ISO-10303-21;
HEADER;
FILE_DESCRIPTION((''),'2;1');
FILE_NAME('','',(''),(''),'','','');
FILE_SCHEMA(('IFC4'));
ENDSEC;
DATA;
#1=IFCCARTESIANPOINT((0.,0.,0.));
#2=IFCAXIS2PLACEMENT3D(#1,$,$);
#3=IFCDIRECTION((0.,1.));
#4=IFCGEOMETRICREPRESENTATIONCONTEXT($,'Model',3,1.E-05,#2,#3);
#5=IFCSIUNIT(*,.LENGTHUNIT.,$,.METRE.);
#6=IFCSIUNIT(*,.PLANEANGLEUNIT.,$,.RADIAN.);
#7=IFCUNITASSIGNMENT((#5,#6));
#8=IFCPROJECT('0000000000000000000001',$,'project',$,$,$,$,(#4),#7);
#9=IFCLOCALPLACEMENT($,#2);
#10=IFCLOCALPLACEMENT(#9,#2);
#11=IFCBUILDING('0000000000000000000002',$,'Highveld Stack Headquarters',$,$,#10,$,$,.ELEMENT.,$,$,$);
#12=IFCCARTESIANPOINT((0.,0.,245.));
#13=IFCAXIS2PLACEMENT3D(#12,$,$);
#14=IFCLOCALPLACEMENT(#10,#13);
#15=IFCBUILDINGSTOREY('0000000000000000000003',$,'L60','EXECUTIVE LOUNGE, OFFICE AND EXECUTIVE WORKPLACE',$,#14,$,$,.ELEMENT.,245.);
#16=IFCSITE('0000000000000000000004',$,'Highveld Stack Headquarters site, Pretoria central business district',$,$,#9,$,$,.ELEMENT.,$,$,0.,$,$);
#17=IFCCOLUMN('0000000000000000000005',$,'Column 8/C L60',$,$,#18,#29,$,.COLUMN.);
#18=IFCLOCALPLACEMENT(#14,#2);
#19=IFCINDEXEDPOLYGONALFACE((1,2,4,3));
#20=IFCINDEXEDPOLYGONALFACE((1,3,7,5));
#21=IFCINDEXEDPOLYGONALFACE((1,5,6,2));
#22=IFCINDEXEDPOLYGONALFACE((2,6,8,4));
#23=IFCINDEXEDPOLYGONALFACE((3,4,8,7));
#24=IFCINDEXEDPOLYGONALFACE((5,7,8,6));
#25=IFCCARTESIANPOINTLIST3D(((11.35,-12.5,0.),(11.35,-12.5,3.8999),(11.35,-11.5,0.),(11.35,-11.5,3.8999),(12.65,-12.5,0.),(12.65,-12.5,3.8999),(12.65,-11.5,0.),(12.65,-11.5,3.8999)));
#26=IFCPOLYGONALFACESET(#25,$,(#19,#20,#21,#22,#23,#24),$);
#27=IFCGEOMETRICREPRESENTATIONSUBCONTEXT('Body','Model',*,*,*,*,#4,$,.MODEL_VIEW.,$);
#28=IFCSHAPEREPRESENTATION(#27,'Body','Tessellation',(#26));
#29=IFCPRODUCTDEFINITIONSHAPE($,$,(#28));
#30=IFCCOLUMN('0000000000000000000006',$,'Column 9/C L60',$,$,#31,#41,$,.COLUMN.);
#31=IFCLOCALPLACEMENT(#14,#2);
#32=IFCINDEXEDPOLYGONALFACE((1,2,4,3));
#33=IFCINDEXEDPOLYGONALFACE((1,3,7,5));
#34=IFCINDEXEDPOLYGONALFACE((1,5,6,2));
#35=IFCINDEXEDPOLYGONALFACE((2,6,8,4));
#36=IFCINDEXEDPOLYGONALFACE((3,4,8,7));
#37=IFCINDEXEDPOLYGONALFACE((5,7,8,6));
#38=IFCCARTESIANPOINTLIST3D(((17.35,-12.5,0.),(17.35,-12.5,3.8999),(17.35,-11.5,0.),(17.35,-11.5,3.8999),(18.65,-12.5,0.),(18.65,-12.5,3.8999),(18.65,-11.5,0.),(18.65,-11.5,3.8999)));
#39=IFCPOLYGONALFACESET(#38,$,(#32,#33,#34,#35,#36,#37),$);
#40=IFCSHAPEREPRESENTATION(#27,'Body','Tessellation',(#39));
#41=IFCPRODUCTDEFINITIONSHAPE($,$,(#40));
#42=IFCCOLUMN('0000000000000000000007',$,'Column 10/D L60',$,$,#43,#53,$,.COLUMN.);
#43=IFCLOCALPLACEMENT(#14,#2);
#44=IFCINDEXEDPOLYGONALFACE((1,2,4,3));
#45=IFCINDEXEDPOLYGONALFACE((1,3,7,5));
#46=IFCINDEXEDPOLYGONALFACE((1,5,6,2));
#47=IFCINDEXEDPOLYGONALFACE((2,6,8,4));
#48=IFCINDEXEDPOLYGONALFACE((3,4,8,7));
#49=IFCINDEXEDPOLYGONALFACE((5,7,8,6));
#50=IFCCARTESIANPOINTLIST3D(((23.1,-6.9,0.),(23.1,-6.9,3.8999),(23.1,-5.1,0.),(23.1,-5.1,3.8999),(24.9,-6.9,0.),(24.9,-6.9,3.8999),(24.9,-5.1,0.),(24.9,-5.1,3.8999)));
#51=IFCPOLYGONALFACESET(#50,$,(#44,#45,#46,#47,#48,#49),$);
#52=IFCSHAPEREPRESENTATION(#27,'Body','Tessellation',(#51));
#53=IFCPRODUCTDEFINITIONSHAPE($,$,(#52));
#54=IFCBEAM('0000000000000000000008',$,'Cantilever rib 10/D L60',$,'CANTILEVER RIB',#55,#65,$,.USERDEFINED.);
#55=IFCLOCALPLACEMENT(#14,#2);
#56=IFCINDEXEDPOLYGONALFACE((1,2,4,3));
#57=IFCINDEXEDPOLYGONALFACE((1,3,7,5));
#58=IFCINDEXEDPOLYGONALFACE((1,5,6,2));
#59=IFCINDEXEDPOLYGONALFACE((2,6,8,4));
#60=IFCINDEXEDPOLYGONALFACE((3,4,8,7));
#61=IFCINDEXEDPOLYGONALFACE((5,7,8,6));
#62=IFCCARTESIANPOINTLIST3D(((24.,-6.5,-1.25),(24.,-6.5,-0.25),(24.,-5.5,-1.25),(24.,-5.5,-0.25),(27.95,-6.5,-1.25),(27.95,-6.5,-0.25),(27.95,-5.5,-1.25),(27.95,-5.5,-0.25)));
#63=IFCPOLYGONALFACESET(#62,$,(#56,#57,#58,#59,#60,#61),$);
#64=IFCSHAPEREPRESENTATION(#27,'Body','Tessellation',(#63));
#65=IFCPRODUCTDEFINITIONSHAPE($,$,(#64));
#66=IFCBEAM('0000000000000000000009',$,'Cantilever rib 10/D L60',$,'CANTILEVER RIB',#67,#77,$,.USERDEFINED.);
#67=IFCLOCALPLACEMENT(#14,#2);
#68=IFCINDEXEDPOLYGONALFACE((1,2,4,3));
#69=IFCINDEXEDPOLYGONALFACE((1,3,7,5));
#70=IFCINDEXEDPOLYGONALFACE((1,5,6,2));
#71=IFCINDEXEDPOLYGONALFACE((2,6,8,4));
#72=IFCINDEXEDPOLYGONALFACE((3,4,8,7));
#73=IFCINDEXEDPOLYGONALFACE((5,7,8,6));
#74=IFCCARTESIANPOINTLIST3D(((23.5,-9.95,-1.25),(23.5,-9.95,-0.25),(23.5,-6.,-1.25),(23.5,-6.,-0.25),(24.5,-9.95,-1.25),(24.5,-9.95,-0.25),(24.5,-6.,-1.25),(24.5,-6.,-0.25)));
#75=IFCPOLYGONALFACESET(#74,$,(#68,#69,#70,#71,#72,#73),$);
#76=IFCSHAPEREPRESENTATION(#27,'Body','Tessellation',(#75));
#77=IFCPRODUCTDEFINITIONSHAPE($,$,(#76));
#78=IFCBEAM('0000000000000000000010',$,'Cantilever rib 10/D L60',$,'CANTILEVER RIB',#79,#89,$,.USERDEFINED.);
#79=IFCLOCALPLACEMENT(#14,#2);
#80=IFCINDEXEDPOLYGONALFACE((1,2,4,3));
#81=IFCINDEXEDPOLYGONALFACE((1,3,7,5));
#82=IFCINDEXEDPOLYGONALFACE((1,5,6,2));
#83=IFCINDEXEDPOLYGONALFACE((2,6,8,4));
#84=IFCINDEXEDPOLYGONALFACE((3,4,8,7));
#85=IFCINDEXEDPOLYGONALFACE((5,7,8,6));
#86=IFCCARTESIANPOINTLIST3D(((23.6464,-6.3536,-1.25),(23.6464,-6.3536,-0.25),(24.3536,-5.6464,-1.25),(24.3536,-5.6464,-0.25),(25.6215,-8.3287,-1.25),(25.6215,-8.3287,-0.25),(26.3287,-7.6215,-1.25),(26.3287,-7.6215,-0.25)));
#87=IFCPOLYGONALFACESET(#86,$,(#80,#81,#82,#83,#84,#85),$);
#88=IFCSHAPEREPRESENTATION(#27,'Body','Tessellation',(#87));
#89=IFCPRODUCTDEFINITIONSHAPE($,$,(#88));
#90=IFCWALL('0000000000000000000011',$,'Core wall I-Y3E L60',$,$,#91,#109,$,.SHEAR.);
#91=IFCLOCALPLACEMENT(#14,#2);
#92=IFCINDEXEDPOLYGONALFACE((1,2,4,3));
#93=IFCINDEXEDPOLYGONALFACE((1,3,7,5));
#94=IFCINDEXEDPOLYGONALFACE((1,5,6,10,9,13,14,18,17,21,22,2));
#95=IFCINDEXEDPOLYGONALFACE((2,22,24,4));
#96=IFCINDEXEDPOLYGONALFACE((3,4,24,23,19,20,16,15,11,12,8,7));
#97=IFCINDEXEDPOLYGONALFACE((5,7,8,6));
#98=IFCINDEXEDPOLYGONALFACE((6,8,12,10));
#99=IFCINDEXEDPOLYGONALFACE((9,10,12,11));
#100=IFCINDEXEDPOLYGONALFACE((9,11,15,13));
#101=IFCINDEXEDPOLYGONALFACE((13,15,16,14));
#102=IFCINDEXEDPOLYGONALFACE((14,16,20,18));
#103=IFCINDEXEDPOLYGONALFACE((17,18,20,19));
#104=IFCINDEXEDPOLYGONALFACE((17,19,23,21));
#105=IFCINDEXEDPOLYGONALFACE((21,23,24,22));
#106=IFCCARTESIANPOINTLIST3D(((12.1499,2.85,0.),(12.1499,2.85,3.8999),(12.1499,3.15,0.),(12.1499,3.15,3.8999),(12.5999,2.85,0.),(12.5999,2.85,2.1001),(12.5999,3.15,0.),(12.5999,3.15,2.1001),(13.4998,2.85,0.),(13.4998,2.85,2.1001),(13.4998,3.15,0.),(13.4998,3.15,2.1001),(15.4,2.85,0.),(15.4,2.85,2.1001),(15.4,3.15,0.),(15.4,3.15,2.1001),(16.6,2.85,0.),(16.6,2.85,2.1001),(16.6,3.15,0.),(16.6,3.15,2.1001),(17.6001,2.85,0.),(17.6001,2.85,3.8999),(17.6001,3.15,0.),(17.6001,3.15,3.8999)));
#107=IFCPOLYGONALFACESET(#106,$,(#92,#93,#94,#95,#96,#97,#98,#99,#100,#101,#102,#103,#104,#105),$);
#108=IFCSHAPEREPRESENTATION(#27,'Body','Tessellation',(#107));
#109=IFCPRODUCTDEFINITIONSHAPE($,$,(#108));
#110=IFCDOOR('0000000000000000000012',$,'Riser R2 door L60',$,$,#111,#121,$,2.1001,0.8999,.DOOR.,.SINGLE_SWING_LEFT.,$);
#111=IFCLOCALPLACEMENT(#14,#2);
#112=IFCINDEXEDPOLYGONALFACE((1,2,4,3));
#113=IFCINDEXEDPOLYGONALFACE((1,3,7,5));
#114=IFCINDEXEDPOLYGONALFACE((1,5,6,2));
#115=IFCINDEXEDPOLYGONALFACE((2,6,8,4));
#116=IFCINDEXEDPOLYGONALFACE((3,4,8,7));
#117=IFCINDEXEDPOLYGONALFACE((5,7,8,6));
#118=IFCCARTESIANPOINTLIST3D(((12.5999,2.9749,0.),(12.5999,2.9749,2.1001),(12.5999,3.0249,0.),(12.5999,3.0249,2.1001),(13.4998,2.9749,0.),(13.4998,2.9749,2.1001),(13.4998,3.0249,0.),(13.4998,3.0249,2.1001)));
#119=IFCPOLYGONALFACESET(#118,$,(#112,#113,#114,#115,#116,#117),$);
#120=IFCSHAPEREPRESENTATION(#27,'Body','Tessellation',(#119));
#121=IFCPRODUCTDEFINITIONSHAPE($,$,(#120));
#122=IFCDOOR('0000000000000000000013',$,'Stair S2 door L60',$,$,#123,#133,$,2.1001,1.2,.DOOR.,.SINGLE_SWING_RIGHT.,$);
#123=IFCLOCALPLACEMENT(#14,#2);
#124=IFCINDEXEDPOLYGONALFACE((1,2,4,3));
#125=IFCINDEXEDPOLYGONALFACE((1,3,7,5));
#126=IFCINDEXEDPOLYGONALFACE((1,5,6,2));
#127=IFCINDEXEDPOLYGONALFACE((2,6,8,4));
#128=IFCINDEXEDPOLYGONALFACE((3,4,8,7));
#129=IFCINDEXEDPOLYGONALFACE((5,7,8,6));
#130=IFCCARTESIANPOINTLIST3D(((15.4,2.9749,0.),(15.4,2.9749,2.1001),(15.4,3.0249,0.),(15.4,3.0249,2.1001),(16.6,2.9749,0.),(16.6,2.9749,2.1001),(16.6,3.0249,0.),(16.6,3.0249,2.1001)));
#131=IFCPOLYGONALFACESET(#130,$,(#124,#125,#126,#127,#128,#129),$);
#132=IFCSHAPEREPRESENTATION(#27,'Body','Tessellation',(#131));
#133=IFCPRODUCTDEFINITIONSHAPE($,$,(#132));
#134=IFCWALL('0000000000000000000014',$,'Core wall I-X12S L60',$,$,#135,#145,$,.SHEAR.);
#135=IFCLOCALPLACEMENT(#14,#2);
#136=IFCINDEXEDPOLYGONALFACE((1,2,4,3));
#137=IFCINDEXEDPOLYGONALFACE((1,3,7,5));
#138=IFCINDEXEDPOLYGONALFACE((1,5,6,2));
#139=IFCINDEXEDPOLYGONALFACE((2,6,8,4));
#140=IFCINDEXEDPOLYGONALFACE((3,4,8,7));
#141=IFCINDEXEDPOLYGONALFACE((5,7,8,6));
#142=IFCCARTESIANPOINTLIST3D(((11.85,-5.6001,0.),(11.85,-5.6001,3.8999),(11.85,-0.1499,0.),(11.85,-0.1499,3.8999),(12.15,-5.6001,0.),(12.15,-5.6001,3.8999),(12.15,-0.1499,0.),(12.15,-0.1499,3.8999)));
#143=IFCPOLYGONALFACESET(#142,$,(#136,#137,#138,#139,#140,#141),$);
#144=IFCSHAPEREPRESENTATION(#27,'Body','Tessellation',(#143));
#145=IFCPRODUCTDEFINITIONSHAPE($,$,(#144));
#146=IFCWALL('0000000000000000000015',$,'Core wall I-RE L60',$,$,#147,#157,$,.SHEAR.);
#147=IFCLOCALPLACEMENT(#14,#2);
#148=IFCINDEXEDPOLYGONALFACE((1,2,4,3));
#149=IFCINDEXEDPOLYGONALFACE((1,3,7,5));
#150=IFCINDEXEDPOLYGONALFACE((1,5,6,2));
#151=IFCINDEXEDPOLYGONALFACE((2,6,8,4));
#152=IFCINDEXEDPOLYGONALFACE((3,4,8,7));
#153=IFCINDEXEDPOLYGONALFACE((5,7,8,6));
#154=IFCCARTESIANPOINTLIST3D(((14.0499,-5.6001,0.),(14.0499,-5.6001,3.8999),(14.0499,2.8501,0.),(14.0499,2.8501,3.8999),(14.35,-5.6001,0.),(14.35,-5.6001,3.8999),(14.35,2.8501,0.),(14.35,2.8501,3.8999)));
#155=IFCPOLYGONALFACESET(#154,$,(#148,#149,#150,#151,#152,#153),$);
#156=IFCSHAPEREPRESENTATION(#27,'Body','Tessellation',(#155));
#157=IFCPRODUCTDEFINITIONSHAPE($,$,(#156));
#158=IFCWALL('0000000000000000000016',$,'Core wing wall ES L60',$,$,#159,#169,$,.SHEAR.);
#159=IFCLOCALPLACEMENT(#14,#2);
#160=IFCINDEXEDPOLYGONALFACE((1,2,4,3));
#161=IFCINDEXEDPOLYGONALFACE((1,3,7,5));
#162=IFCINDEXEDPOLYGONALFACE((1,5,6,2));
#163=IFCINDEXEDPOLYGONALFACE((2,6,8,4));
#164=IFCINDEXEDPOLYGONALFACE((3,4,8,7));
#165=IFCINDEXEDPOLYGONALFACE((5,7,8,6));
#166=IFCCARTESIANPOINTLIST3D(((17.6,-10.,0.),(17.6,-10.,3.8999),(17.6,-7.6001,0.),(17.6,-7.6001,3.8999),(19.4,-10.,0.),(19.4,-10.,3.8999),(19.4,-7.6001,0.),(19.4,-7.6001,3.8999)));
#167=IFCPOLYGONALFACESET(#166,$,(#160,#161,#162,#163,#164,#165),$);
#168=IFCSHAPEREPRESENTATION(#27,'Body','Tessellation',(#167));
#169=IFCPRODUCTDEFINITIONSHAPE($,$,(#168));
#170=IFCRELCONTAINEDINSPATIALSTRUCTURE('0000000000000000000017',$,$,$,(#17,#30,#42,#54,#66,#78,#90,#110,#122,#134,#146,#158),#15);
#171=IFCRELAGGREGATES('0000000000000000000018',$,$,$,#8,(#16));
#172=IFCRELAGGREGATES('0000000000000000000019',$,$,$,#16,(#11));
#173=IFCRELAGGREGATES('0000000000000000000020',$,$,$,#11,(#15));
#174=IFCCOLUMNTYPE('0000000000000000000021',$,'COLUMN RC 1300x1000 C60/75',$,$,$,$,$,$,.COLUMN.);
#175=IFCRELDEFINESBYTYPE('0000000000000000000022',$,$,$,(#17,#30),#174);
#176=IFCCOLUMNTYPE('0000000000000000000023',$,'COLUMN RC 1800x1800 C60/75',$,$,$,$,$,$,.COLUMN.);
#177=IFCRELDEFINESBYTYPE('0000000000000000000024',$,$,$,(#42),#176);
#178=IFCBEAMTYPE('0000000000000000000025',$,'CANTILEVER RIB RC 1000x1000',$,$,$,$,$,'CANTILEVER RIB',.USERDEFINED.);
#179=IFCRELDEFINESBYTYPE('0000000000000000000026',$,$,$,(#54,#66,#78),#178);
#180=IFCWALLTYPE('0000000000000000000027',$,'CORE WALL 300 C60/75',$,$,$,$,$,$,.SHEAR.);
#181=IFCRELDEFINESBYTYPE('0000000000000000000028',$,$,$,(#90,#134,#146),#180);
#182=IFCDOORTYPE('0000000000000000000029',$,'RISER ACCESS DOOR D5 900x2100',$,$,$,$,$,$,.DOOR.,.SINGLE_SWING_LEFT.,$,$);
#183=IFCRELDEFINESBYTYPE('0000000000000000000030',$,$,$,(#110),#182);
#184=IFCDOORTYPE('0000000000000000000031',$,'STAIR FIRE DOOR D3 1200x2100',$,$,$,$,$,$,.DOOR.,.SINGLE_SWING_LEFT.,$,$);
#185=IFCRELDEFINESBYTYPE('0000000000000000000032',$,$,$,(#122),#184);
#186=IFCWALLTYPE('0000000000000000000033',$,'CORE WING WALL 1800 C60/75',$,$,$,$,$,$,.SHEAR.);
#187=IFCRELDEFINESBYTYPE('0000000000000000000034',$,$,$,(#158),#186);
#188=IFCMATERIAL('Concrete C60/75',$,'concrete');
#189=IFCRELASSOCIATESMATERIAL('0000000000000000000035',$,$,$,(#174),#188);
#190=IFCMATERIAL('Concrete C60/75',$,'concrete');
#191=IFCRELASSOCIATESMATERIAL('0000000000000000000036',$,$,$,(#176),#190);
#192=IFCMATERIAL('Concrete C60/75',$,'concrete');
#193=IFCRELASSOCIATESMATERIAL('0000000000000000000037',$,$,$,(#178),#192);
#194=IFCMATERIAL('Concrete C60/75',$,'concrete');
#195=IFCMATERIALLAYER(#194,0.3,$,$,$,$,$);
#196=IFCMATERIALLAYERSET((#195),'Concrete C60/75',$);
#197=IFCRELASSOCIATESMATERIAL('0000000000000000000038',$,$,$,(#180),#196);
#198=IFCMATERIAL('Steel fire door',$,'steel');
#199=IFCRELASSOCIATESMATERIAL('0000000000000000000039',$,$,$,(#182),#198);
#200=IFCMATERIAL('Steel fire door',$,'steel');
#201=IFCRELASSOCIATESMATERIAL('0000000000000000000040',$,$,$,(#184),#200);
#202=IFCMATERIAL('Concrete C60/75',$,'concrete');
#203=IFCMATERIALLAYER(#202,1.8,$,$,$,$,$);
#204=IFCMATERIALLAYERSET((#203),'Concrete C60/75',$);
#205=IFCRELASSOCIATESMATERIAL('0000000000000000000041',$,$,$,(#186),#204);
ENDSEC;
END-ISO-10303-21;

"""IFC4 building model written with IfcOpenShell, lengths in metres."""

from ifc_helpers import new_model, si_unit, direction, frame, frame_2d, origin, origin_2d, place, context, subcontext, project, spatial, rectangle, extrude, material, layer, layer_set, material_profile, profile_set, type_object, element, fill, save


model = new_model("IFC4")

# Units and contexts
model_context = context("Model", 3, precision=1e-05, world=origin(), true_north=direction((0.0, 1.0)))
body_context = subcontext(model_context, "Body", "Model", "MODEL_VIEW")
ifc_project = project(units=[si_unit("LENGTHUNIT", "METRE"), si_unit("PLANEANGLEUNIT", "RADIAN")], contexts=[model_context])

# Site, building, storey
site_placement = place(None, origin())
site = spatial("IfcSite", under=ifc_project, at=site_placement, Name="Highveld Stack Headquarters site, Pretoria central business district", CompositionType="ELEMENT", RefElevation=0.0)
building_placement = place(site_placement, origin())
building = spatial("IfcBuilding", under=site, at=building_placement, Name="Highveld Stack Headquarters", CompositionType="ELEMENT")
storey_placement = place(building_placement, frame((0.0, 0.0, 245.0)))
storey = spatial("IfcBuildingStorey", under=building, at=storey_placement, Name="L60", Description="EXECUTIVE LOUNGE, OFFICE AND EXECUTIVE WORKPLACE", CompositionType="ELEMENT", Elevation=245.0)

# Columns
ifc_material_1 = material(Name="Concrete C60/75", Category="concrete")
ifc_material_profile_1 = material_profile(ifc_material_1, rectangle(XDim=1.3, YDim=1.0, at=origin_2d()), Name="RC 1300x1000")
ifc_profile_set_1 = profile_set([ifc_material_profile_1], Name="Concrete C60/75")
column_type_1 = type_object("IfcColumnType", Name="COLUMN RC 1300x1000 C60/75", PredefinedType="COLUMN", material=ifc_profile_set_1)
for number, where, z_axis, x_axis, name in (
    (1, (12.0, -12.0, 0.0), (0.0, 0.0, 1.0), (1.0, 0.0, 0.0), "Column 8/C L60"),
    (2, (18.0, -12.0, 0.0), (0.0, 0.0, 1.0), (1.0, 0.0, 0.0), "Column 9/C L60"),
):
    element("IfcColumn", number, at=place(storey_placement, frame(where, z_axis=z_axis, x_axis=x_axis)), inside=storey, type_object=column_type_1, Name=name, PredefinedType="COLUMN", context=body_context, shape_type="SweptSolid", body=[
        extrude(rectangle(XDim=1.3, YDim=1.0, at=origin_2d()), origin(), (0.0, 0.0, 1.0), 3.8999),
    ])
ifc_material_2 = material(Name="Concrete C60/75", Category="concrete")
ifc_material_profile_2 = material_profile(ifc_material_2, rectangle(XDim=1.8, YDim=1.8, at=origin_2d()), Name="RC 1800x1800")
ifc_profile_set_2 = profile_set([ifc_material_profile_2], Name="Concrete C60/75")
column_type_2 = type_object("IfcColumnType", Name="COLUMN RC 1800x1800 C60/75", PredefinedType="COLUMN", material=ifc_profile_set_2)
column_placement = place(storey_placement, frame((24.0, -6.0, 0.0), z_axis=(0.0, 0.0, 1.0), x_axis=(1.0, 0.0, 0.0)))
element("IfcColumn", 3, at=column_placement, inside=storey, type_object=column_type_2, Name="Column 10/D L60", PredefinedType="COLUMN", context=body_context, shape_type="SweptSolid", body=[
    extrude(rectangle(XDim=1.8, YDim=1.8, at=origin_2d()), origin(), (0.0, 0.0, 1.0), 3.8999),
])

# Beams
ifc_material_3 = material(Name="Concrete C60/75", Category="concrete")
ifc_material_profile_3 = material_profile(ifc_material_3, rectangle(XDim=1.0, YDim=1.0, at=origin_2d()), Name="RC 1000x1000")
ifc_profile_set_3 = profile_set([ifc_material_profile_3], Name="Concrete C60/75")
beam_type = type_object("IfcBeamType", Name="CANTILEVER RIB RC 1000x1000", ElementType="CANTILEVER RIB", PredefinedType="USERDEFINED", material=ifc_profile_set_3)
for number, where, z_axis, x_axis, name in (
    (4, (24.0, -6.0, -0.75), (1.0, 0.0, 0.0), (0.0, 1.0, 0.0), "Cantilever rib 10/D L60"),
    (5, (24.0, -6.0, -0.75), (0.0, -1.0, 0.0), (1.0, 0.0, 0.0), "Cantilever rib 10/D L60"),
):
    element("IfcBeam", number, at=place(storey_placement, frame(where, z_axis=z_axis, x_axis=x_axis)), inside=storey, type_object=beam_type, Name=name, ObjectType="CANTILEVER RIB", PredefinedType="USERDEFINED", context=body_context, shape_type="SweptSolid", body=[
        extrude(rectangle(XDim=1.0, YDim=1.0, at=origin_2d()), origin(), (0.0, 0.0, 1.0), 3.95),
    ])
beam_placement = place(storey_placement, frame((24.0, -6.0, -0.75), z_axis=(0.707107, -0.707107, 0.0), x_axis=(0.707107, 0.707107, 0.0)))
element("IfcBeam", 6, at=beam_placement, inside=storey, type_object=beam_type, Name="Cantilever rib 10/D L60", ObjectType="CANTILEVER RIB", PredefinedType="USERDEFINED", context=body_context, shape_type="SweptSolid", body=[
    extrude(rectangle(XDim=1.0, YDim=1.0, at=origin_2d()), origin(), (0.0, 0.0, 1.0), 2.7932),
])

# Wall, openings, doors
ifc_material_4 = material(Name="Concrete C60/75", Category="concrete")
ifc_layer_1 = layer(ifc_material_4, 0.3)
ifc_layer_set_1 = layer_set([ifc_layer_1], Name="Concrete C60/75")
wall_type_1 = type_object("IfcWallType", Name="CORE WALL 300 C60/75", PredefinedType="SHEAR", material=ifc_layer_set_1)
wall_1_placement = place(storey_placement, frame((12.1499, 3.0, 0.0), z_axis=(0.0, 0.0, 1.0), x_axis=(1.0, 0.0, 0.0)))
wall_1 = element("IfcWall", 7, at=wall_1_placement, inside=storey, type_object=wall_type_1, Name="Core wall I-Y3E L60", PredefinedType="SHEAR", context=body_context, shape_type="SweptSolid", body=[
    extrude(rectangle(XDim=5.4502, YDim=0.3, at=frame_2d((2.7251, 0.0))), origin(), (0.0, 0.0, 1.0), 3.8999),
])
opening_1_placement = place(wall_1_placement, frame((3.25, 0.0, 0.0)))
opening_1 = element("IfcOpeningElement", 8, at=opening_1_placement, cuts=wall_1, PredefinedType="OPENING", context=body_context, shape_type="SweptSolid", body=[
    extrude(rectangle(XDim=1.2, YDim=2.1001, at=frame_2d((0.6001, 1.05))), frame((0.0, 0.1599, 0.0), z_axis=(0.0, -1.0, 0.0), x_axis=(1.0, 0.0, 0.0)), (0.0, 0.0, 1.0), 0.3201),
])
opening_2_placement = place(wall_1_placement, frame((0.45, 0.0, 0.0)))
opening_2 = element("IfcOpeningElement", 9, at=opening_2_placement, cuts=wall_1, PredefinedType="OPENING", context=body_context, shape_type="SweptSolid", body=[
    extrude(rectangle(XDim=0.8999, YDim=2.1001, at=frame_2d((0.45, 1.05))), frame((0.0, 0.1599, 0.0), z_axis=(0.0, -1.0, 0.0), x_axis=(1.0, 0.0, 0.0)), (0.0, 0.0, 1.0), 0.3201),
])
ifc_material_5 = material(Name="Steel fire door", Category="steel")
door_type_1 = type_object("IfcDoorType", Name="RISER ACCESS DOOR D5 900x2100", OperationType="SINGLE_SWING_LEFT", PredefinedType="DOOR", material=ifc_material_5)
door_1_placement = place(opening_2_placement, origin())
door_1 = element("IfcDoor", 10, at=door_1_placement, inside=storey, type_object=door_type_1, Name="Riser R2 door L60", OperationType="SINGLE_SWING_LEFT", OverallHeight=2.1001, OverallWidth=0.8999, PredefinedType="DOOR", context=body_context, shape_type="SweptSolid", body=[
    extrude(rectangle(XDim=0.8999, YDim=2.1001, at=frame_2d((0.45, 1.05))), frame((0.0, 0.0249, 0.0), z_axis=(0.0, -1.0, 0.0), x_axis=(1.0, 0.0, 0.0)), (0.0, 0.0, 1.0), 0.05),
])
fill(opening_2, door_1)
ifc_material_6 = material(Name="Steel fire door", Category="steel")
door_type_2 = type_object("IfcDoorType", Name="STAIR FIRE DOOR D3 1200x2100", OperationType="SINGLE_SWING_LEFT", PredefinedType="DOOR", material=ifc_material_6)
door_2_placement = place(opening_1_placement, origin())
door_2 = element("IfcDoor", 11, at=door_2_placement, inside=storey, type_object=door_type_2, Name="Stair S2 door L60", OperationType="SINGLE_SWING_RIGHT", OverallHeight=2.1001, OverallWidth=1.2, PredefinedType="DOOR", context=body_context, shape_type="SweptSolid", body=[
    extrude(rectangle(XDim=1.2, YDim=2.1001, at=frame_2d((0.6001, 1.05))), frame((0.0, 0.0249, 0.0), z_axis=(0.0, -1.0, 0.0), x_axis=(1.0, 0.0, 0.0)), (0.0, 0.0, 1.0), 0.05),
])
fill(opening_1, door_2)

# Walls
wall_2_placement = place(storey_placement, frame((12.0, -5.6001, 0.0), z_axis=(0.0, 0.0, 1.0), x_axis=(0.0, 1.0, 0.0)))
element("IfcWall", 12, at=wall_2_placement, inside=storey, type_object=wall_type_1, Name="Core wall I-X12S L60", PredefinedType="SHEAR", context=body_context, shape_type="SweptSolid", body=[
    extrude(rectangle(XDim=5.4502, YDim=0.3, at=frame_2d((2.7251, 0.0))), origin(), (0.0, 0.0, 1.0), 3.8999),
])
wall_3_placement = place(storey_placement, frame((14.2, -5.6001, 0.0), z_axis=(0.0, 0.0, 1.0), x_axis=(0.0, 1.0, 0.0)))
element("IfcWall", 13, at=wall_3_placement, inside=storey, type_object=wall_type_1, Name="Core wall I-RE L60", PredefinedType="SHEAR", context=body_context, shape_type="SweptSolid", body=[
    extrude(rectangle(XDim=8.4502, YDim=0.3, at=frame_2d((4.2251, 0.0))), origin(), (0.0, 0.0, 1.0), 3.8999),
])
ifc_material_7 = material(Name="Concrete C60/75", Category="concrete")
ifc_layer_2 = layer(ifc_material_7, 1.8)
ifc_layer_set_2 = layer_set([ifc_layer_2], Name="Concrete C60/75")
wall_type_2 = type_object("IfcWallType", Name="CORE WING WALL 1800 C60/75", PredefinedType="SHEAR", material=ifc_layer_set_2)
wall_4_placement = place(storey_placement, frame((18.5, -10.0, 0.0), z_axis=(0.0, 0.0, 1.0), x_axis=(0.0, 1.0, 0.0)))
element("IfcWall", 14, at=wall_4_placement, inside=storey, type_object=wall_type_2, Name="Core wing wall ES L60", PredefinedType="SHEAR", context=body_context, shape_type="SweptSolid", body=[
    extrude(rectangle(XDim=2.3999, YDim=1.8, at=frame_2d((1.2, 0.0))), origin(), (0.0, 0.0, 1.0), 3.8999),
])

save(model, "model.ifc")
